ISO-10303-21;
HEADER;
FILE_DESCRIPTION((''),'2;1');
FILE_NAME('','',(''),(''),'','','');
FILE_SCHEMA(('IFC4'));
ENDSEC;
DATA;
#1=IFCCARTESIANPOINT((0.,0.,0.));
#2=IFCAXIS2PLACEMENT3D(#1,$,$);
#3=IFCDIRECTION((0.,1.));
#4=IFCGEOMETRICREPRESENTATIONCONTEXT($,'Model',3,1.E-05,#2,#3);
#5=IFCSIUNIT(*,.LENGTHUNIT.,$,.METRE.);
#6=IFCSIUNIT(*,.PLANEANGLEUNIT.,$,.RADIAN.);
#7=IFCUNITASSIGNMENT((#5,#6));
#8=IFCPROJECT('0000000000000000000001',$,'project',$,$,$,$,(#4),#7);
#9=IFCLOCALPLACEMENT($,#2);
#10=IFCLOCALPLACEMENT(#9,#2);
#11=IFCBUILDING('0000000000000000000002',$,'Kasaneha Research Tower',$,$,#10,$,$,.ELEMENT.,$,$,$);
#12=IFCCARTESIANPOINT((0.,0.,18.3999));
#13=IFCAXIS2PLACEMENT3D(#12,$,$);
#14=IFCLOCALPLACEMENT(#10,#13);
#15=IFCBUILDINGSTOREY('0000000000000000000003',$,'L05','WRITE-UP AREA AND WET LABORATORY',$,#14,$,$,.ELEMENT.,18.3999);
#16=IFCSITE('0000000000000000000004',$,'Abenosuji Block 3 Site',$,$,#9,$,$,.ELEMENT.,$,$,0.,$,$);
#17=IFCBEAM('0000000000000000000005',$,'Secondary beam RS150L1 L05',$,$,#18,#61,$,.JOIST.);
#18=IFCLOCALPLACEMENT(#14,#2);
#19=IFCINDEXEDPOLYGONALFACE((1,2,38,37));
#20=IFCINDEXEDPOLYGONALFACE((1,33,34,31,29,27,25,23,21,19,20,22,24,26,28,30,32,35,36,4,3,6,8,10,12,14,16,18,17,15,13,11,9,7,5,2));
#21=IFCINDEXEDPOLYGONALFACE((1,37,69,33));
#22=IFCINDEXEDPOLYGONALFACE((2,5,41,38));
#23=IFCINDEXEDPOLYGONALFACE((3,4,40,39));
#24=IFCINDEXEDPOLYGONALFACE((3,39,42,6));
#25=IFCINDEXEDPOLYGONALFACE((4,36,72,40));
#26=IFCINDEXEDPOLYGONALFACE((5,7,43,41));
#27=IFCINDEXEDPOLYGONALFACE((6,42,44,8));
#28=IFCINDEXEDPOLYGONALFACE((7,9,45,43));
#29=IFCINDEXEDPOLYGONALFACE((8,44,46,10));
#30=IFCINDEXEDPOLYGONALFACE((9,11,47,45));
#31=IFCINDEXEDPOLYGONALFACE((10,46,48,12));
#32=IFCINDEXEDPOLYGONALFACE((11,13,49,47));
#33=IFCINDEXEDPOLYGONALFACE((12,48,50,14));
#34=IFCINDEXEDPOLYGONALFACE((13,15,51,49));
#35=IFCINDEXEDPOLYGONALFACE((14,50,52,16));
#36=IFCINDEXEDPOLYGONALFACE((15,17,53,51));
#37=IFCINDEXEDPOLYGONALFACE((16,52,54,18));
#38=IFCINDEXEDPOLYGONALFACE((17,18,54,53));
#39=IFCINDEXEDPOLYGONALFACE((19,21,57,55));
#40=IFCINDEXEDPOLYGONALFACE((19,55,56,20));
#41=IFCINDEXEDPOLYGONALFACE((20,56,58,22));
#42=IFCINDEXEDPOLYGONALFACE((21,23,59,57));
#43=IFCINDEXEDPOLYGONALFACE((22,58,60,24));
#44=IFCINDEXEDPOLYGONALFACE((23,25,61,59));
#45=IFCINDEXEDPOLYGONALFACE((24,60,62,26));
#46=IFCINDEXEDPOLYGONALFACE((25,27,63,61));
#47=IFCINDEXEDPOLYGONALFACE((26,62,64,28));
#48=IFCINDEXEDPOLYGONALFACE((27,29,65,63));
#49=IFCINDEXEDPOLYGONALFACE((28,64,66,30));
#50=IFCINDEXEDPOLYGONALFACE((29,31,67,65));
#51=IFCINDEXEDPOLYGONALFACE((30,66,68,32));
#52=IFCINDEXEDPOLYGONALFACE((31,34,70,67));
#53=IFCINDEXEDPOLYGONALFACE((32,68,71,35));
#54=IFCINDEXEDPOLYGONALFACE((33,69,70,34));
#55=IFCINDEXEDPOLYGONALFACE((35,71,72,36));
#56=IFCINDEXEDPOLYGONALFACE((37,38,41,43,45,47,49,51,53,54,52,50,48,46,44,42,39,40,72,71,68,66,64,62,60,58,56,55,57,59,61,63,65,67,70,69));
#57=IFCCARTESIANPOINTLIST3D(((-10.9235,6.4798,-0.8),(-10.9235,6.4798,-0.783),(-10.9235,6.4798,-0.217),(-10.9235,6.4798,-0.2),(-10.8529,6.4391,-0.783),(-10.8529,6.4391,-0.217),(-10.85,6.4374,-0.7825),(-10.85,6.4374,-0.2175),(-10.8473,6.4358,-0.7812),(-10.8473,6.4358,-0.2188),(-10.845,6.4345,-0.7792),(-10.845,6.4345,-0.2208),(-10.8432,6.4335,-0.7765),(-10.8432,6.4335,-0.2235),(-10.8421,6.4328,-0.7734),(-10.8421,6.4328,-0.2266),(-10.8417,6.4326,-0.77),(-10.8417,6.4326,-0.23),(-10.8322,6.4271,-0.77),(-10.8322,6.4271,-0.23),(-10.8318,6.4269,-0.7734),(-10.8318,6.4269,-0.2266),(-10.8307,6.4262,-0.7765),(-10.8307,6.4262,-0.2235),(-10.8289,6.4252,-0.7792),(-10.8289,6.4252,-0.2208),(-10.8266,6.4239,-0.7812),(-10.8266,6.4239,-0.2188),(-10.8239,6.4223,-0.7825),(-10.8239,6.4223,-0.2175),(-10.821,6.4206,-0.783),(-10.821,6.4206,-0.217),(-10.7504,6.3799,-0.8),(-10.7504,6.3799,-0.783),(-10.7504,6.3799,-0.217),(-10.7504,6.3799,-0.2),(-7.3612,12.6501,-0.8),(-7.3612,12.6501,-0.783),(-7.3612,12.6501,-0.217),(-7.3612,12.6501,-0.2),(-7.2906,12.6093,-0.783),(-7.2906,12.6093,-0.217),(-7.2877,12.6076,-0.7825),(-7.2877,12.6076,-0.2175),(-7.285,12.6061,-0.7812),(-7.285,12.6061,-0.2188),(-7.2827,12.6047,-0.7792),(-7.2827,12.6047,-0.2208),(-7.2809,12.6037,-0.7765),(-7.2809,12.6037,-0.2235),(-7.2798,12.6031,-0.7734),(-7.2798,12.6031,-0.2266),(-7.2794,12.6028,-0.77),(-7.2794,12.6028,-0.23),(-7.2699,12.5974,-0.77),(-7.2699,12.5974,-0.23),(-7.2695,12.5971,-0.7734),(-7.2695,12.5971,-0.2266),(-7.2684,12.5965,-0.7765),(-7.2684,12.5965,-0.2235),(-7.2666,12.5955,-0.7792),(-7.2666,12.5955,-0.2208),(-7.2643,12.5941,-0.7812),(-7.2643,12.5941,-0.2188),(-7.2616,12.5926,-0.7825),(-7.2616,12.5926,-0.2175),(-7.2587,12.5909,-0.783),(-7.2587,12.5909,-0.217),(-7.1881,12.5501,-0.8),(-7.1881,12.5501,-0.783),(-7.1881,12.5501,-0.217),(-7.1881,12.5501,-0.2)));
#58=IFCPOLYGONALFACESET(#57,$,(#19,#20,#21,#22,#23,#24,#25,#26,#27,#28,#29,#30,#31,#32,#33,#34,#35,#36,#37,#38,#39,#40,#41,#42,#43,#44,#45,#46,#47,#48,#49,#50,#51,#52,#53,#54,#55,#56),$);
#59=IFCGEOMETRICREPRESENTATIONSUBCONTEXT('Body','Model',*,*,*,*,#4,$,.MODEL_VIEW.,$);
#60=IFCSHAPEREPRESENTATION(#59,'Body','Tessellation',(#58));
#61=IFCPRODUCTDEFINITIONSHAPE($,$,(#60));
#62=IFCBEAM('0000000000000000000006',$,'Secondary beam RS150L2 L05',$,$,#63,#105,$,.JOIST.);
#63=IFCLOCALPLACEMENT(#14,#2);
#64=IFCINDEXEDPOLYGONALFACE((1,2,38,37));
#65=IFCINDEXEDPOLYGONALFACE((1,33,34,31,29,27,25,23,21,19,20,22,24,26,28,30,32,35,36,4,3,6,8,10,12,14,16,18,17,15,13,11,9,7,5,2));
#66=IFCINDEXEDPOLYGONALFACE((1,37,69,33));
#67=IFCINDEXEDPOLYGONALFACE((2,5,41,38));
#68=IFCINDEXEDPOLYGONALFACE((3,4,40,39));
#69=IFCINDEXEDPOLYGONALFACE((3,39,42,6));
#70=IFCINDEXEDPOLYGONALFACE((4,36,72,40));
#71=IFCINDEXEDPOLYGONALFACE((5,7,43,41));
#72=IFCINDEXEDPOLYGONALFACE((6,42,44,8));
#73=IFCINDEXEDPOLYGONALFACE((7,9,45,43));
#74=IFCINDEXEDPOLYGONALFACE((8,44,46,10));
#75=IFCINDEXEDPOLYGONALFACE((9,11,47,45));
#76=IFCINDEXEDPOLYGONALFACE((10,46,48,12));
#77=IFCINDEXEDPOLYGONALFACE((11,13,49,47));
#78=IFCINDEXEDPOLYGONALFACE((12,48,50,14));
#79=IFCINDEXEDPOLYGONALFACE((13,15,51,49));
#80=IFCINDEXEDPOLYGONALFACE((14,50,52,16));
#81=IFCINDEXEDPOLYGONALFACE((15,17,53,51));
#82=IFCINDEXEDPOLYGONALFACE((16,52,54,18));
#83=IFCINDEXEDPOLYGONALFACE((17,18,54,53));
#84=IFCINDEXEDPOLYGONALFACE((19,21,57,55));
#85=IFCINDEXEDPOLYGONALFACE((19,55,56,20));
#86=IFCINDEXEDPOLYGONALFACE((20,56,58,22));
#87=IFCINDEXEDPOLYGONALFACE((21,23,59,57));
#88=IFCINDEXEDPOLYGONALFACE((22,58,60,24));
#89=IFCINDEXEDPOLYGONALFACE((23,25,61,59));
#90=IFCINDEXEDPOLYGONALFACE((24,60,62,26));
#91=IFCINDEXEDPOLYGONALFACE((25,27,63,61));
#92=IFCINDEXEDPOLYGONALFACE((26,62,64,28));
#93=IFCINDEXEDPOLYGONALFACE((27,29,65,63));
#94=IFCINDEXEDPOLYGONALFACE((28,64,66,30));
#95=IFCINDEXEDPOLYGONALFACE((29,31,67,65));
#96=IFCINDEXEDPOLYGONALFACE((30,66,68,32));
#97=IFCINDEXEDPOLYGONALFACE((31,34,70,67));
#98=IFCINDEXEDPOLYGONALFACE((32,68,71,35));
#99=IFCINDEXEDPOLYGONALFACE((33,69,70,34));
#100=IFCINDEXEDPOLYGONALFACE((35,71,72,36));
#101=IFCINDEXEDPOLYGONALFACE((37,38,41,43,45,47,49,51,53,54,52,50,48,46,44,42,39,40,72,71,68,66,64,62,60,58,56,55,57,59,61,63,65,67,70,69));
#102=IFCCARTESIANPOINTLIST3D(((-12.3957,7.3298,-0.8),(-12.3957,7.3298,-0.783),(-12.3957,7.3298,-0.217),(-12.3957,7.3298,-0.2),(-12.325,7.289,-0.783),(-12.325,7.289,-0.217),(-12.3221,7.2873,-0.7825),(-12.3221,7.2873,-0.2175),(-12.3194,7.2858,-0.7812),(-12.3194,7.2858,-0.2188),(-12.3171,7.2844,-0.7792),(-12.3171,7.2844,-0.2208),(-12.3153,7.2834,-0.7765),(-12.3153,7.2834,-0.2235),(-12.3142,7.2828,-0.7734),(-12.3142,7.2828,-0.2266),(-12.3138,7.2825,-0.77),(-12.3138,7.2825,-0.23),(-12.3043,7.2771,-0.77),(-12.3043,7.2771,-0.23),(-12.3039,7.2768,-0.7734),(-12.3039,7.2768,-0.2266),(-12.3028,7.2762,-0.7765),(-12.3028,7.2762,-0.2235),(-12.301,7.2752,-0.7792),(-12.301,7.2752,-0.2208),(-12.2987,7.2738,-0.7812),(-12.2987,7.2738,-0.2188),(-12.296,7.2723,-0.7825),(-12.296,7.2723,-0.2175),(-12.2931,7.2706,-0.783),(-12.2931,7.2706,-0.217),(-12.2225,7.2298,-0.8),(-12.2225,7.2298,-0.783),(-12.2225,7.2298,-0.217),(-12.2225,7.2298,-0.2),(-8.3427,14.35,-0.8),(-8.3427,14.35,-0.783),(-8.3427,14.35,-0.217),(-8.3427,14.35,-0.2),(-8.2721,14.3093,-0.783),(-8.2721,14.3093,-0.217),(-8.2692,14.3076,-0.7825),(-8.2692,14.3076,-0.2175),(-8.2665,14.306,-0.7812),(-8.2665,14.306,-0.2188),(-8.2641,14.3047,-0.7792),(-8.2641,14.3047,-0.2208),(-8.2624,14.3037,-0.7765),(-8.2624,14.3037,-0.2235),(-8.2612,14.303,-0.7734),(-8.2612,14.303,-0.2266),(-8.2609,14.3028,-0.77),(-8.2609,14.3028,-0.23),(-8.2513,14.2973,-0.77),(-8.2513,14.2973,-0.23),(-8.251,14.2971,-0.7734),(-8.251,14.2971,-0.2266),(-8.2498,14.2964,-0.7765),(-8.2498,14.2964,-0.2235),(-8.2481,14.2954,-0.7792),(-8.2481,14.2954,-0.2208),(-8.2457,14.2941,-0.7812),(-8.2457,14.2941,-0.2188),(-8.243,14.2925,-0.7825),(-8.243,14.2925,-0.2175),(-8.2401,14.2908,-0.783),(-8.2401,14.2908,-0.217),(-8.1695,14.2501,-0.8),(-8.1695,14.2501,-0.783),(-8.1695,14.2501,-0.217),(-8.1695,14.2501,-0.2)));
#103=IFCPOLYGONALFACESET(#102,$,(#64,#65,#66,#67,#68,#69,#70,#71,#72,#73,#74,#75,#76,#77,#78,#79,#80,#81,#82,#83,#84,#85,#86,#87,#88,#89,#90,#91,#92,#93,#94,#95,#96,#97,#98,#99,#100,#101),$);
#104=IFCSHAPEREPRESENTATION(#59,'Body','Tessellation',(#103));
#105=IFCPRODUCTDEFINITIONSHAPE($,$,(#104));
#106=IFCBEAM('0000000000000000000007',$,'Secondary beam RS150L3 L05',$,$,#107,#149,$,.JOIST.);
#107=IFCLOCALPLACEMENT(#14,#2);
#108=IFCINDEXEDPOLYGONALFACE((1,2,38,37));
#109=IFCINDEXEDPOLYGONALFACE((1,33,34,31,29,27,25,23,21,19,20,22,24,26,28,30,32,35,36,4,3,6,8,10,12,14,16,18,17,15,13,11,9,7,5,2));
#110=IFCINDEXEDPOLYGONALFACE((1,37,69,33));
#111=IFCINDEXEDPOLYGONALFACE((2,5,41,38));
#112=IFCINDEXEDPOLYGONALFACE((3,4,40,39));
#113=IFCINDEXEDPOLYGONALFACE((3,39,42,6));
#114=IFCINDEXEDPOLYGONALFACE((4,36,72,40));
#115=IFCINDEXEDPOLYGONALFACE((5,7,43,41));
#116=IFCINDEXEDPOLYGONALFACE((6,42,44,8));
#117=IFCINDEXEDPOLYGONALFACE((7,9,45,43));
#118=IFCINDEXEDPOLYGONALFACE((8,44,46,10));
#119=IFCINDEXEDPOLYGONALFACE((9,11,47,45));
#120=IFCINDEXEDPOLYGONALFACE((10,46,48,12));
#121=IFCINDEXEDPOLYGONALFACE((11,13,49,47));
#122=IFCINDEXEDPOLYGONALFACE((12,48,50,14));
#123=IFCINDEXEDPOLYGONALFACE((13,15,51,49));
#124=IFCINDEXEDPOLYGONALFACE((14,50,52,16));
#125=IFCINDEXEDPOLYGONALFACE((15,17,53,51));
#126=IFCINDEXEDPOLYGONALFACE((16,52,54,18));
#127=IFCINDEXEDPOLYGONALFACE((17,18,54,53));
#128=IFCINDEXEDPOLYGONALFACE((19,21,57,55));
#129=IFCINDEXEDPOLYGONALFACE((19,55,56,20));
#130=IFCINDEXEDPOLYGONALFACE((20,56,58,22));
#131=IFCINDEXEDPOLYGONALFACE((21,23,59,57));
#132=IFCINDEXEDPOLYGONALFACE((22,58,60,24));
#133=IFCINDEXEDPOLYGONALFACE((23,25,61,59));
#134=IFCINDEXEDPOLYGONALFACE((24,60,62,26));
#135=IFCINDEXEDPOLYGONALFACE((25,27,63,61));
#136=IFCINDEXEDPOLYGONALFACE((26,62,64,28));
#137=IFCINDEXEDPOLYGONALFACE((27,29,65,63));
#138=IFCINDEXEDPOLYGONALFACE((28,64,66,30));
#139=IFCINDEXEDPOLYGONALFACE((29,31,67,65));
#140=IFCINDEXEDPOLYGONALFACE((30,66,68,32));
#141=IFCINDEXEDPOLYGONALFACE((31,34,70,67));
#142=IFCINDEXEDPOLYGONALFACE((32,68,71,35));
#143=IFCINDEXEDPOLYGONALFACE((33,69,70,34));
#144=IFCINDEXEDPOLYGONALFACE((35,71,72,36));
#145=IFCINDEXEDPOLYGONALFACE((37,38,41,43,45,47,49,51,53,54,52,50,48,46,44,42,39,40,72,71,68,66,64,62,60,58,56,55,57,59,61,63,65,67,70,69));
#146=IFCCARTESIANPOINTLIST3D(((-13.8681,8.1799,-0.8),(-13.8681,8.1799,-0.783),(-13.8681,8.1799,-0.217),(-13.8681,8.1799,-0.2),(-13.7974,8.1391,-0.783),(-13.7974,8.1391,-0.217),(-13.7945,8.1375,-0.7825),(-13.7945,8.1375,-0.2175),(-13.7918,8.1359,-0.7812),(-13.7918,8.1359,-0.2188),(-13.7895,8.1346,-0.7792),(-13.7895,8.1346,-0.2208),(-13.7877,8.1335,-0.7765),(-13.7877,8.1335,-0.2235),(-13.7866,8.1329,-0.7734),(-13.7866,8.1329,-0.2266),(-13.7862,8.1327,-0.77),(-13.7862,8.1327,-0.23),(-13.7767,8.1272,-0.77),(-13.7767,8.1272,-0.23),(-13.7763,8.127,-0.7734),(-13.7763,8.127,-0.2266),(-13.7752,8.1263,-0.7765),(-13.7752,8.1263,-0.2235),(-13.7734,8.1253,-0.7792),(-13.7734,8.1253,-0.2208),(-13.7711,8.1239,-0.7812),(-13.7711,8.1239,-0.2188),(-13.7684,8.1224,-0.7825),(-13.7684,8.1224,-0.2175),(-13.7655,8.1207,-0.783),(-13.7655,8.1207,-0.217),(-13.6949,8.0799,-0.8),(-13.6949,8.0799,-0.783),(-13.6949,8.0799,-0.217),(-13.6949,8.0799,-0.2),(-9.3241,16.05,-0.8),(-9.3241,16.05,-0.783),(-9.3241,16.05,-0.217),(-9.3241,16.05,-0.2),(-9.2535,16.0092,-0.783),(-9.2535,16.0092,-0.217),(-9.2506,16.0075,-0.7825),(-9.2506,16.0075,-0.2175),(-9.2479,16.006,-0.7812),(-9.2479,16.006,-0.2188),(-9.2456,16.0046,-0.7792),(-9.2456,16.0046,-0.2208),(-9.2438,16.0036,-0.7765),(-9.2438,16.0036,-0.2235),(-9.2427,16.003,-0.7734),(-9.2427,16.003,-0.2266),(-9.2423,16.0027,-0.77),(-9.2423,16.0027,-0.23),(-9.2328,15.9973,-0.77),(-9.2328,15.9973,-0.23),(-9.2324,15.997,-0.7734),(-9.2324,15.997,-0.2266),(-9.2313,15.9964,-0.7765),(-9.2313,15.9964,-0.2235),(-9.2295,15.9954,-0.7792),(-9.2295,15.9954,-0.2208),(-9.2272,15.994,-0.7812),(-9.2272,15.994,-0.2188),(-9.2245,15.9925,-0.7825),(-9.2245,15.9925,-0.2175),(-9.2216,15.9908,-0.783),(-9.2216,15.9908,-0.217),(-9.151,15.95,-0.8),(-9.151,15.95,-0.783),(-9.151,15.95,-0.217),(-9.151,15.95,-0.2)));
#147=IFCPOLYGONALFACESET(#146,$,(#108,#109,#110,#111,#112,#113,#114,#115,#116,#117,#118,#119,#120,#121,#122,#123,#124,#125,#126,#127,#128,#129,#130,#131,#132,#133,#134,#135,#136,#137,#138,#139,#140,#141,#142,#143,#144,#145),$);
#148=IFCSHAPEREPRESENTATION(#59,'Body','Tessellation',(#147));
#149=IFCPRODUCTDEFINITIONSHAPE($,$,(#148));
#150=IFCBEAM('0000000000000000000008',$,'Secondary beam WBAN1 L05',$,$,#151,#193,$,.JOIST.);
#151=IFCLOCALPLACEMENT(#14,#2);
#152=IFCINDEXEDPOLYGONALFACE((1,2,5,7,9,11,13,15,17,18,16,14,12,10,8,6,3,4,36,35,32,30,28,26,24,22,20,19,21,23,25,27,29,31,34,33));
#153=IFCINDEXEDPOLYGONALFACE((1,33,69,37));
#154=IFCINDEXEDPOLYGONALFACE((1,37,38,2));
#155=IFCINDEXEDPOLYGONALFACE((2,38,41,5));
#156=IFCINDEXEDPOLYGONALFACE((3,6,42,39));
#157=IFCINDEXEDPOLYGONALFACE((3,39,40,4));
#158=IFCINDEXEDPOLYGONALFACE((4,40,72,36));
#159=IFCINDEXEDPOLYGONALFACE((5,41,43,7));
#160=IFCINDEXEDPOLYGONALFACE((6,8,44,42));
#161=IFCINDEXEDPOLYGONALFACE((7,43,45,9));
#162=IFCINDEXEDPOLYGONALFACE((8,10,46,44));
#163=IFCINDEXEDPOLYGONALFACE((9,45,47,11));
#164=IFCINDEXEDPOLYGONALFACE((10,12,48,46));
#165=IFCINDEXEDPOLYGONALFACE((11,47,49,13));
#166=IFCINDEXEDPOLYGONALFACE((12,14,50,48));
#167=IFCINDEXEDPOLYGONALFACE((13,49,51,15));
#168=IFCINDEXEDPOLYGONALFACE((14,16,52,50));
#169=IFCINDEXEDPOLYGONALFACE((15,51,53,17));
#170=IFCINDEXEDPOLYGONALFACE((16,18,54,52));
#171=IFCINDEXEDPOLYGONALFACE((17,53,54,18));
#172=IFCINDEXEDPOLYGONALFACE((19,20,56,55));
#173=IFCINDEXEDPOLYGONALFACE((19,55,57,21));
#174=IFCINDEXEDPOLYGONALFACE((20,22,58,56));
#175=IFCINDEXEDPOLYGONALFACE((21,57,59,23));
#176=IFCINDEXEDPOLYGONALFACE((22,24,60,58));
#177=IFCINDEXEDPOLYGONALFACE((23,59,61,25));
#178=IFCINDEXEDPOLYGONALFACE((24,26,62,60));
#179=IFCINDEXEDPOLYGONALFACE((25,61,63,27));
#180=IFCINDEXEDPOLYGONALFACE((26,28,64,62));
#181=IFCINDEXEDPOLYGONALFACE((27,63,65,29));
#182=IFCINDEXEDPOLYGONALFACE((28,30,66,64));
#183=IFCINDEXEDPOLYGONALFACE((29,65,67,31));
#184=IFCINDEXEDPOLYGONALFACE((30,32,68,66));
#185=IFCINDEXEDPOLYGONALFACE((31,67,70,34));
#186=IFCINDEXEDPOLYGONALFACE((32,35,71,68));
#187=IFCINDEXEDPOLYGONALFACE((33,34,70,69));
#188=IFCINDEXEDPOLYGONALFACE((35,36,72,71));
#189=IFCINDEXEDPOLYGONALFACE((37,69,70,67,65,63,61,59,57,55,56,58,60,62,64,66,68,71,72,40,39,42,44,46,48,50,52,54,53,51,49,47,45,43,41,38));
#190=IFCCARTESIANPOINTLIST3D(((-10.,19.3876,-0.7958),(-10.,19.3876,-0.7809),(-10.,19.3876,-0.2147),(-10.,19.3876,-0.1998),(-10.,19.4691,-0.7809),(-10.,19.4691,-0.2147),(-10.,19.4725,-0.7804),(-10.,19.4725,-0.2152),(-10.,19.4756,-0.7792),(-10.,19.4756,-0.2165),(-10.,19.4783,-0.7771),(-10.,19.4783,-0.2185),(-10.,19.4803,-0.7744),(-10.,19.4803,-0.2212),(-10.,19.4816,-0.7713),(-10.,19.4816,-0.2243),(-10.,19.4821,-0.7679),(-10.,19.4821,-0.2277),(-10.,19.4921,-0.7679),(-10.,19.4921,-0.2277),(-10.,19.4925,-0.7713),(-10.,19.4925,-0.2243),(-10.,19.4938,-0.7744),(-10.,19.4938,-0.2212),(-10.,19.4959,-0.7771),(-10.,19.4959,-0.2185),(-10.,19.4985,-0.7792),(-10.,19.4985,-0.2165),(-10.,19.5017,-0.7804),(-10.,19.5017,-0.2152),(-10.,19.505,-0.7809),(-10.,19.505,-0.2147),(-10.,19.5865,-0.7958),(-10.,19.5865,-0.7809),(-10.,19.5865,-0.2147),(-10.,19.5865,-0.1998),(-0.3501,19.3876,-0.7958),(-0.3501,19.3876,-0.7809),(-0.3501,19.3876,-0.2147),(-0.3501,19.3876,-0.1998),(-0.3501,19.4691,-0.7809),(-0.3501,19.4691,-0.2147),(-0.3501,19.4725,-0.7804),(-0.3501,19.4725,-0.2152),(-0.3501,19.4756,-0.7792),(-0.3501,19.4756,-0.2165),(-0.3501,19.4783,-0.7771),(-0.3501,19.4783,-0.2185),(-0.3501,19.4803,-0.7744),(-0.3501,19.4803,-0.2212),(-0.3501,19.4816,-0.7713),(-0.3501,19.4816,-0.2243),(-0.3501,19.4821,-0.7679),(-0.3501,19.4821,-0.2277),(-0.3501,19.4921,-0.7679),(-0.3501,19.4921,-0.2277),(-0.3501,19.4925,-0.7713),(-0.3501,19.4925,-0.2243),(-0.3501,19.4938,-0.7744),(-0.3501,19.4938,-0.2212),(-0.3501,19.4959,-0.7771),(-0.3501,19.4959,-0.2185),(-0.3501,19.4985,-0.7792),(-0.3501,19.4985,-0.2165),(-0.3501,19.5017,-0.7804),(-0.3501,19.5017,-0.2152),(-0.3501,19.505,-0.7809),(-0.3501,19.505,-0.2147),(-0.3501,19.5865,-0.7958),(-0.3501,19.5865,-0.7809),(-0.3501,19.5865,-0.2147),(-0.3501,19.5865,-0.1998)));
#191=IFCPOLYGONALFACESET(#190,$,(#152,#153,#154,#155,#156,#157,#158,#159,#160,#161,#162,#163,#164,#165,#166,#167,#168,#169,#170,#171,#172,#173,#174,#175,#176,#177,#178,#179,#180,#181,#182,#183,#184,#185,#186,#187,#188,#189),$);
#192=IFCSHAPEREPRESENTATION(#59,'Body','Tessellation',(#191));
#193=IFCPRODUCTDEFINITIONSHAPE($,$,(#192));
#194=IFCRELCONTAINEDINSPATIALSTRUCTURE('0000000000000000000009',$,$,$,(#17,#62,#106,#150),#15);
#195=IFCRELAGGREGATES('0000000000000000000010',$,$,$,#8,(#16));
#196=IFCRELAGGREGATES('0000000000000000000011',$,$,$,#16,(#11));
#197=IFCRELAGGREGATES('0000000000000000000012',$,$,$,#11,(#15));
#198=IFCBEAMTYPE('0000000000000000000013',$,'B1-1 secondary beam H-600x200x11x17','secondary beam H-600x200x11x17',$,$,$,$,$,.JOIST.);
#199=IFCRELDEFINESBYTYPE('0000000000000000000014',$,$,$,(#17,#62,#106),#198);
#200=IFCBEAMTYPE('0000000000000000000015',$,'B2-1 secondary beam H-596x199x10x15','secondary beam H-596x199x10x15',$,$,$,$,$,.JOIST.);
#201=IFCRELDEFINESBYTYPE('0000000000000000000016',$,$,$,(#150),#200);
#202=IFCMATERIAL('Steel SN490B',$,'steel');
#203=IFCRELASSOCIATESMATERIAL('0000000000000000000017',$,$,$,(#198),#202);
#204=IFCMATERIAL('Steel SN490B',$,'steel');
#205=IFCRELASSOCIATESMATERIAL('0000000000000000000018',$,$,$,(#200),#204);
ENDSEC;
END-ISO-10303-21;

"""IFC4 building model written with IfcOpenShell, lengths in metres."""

from ifc_helpers import new_model, si_unit, direction, frame, origin, origin_2d, place, context, subcontext, project, spatial, i_section, extrude, material, material_profile, profile_set, type_object, element, save


model = new_model("IFC4")

# Units and contexts
model_context = context("Model", 3, precision=1e-05, world=origin(), true_north=direction((0.0, 1.0)))
body_context = subcontext(model_context, "Body", "Model", "MODEL_VIEW")
ifc_project = project(units=[si_unit("LENGTHUNIT", "METRE"), si_unit("PLANEANGLEUNIT", "RADIAN")], contexts=[model_context])

# Site, building, storey
site_placement = place(None, origin())
site = spatial("IfcSite", under=ifc_project, at=site_placement, Name="Abenosuji Block 3 Site", CompositionType="ELEMENT", RefElevation=0.0)
building_placement = place(site_placement, origin())
building = spatial("IfcBuilding", under=site, at=building_placement, Name="Kasaneha Research Tower", CompositionType="ELEMENT")
storey_placement = place(building_placement, frame((0.0, 0.0, 18.3999)))
storey = spatial("IfcBuildingStorey", under=building, at=storey_placement, Name="L05", Description="WRITE-UP AREA AND WET LABORATORY", CompositionType="ELEMENT", Elevation=18.3999)

# Beams
ifc_material_1 = material(Name="Steel SN490B", Category="steel")
ifc_material_profile_1 = material_profile(ifc_material_1, i_section(OverallWidth=0.2, OverallDepth=0.6001, WebThickness=0.011, FlangeThickness=0.0171, FilletRadius=0.0129, at=origin_2d()), Name="H-600x200x11x17")
ifc_profile_set_1 = profile_set([ifc_material_profile_1], Name="Steel SN490B")
beam_type_1 = type_object("IfcBeamType", Name="B1-1 secondary beam H-600x200x11x17", Description="secondary beam H-600x200x11x17", PredefinedType="JOIST", material=ifc_profile_set_1)
beam_1_placement = place(storey_placement, frame((-7.2747, 12.6001, -0.5), z_axis=(-0.49999, -0.866031, 0.0), x_axis=(0.866031, -0.49999, 0.0)))
element("IfcBeam", 1, at=beam_1_placement, inside=storey, type_object=beam_type_1, Name="Secondary beam RS150L1 L05", PredefinedType="JOIST", context=body_context, shape_type="SweptSolid", body=[
    extrude(i_section(OverallWidth=0.2, OverallDepth=0.6001, WebThickness=0.011, FlangeThickness=0.0171, FilletRadius=0.0129, at=origin_2d()), origin(), (0.0, 0.0, 1.0), 7.1248),
])
beam_2_placement = place(storey_placement, frame((-8.2561, 14.3, -0.5), z_axis=(-0.499984, -0.866035, 0.0), x_axis=(0.866035, -0.499984, 0.0)))
element("IfcBeam", 2, at=beam_2_placement, inside=storey, type_object=beam_type_1, Name="Secondary beam RS150L2 L05", PredefinedType="JOIST", context=body_context, shape_type="SweptSolid", body=[
    extrude(i_section(OverallWidth=0.2, OverallDepth=0.6001, WebThickness=0.011, FlangeThickness=0.0171, FilletRadius=0.0129, at=origin_2d()), origin(), (0.0, 0.0, 1.0), 8.1062),
])
beam_3_placement = place(storey_placement, frame((-9.2375, 16.0, -0.5), z_axis=(-0.500011, -0.866019, 0.0), x_axis=(0.866019, -0.500011, 0.0)))
element("IfcBeam", 3, at=beam_3_placement, inside=storey, type_object=beam_type_1, Name="Secondary beam RS150L3 L05", PredefinedType="JOIST", context=body_context, shape_type="SweptSolid", body=[
    extrude(i_section(OverallWidth=0.2, OverallDepth=0.6001, WebThickness=0.011, FlangeThickness=0.0171, FilletRadius=0.0129, at=origin_2d()), origin(), (0.0, 0.0, 1.0), 9.0876),
])
ifc_material_2 = material(Name="Steel SN490B", Category="steel")
ifc_material_profile_2 = material_profile(ifc_material_2, i_section(OverallWidth=0.199, OverallDepth=0.5959, WebThickness=0.01, FlangeThickness=0.0149, FilletRadius=0.0129, at=origin_2d()), Name="H-596x199x10x15")
ifc_profile_set_2 = profile_set([ifc_material_profile_2], Name="Steel SN490B")
beam_type_2 = type_object("IfcBeamType", Name="B2-1 secondary beam H-596x199x10x15", Description="secondary beam H-596x199x10x15", PredefinedType="JOIST", material=ifc_profile_set_2)
for number, where, z_axis, x_axis, name in (
    (4, (-10.0, 19.4871, -0.4978), (1.0, 0.0, 0.0), (0.0, 1.0, 0.0), "Secondary beam WBAN1 L05"),
):
    element("IfcBeam", number, at=place(storey_placement, frame(where, z_axis=z_axis, x_axis=x_axis)), inside=storey, type_object=beam_type_2, Name=name, PredefinedType="JOIST", context=body_context, shape_type="SweptSolid", body=[
        extrude(i_section(OverallWidth=0.199, OverallDepth=0.5959, WebThickness=0.01, FlangeThickness=0.0149, FilletRadius=0.0129, at=origin_2d()), origin(), (0.0, 0.0, 1.0), 9.6499),
    ])

save(model, "model.ifc")
